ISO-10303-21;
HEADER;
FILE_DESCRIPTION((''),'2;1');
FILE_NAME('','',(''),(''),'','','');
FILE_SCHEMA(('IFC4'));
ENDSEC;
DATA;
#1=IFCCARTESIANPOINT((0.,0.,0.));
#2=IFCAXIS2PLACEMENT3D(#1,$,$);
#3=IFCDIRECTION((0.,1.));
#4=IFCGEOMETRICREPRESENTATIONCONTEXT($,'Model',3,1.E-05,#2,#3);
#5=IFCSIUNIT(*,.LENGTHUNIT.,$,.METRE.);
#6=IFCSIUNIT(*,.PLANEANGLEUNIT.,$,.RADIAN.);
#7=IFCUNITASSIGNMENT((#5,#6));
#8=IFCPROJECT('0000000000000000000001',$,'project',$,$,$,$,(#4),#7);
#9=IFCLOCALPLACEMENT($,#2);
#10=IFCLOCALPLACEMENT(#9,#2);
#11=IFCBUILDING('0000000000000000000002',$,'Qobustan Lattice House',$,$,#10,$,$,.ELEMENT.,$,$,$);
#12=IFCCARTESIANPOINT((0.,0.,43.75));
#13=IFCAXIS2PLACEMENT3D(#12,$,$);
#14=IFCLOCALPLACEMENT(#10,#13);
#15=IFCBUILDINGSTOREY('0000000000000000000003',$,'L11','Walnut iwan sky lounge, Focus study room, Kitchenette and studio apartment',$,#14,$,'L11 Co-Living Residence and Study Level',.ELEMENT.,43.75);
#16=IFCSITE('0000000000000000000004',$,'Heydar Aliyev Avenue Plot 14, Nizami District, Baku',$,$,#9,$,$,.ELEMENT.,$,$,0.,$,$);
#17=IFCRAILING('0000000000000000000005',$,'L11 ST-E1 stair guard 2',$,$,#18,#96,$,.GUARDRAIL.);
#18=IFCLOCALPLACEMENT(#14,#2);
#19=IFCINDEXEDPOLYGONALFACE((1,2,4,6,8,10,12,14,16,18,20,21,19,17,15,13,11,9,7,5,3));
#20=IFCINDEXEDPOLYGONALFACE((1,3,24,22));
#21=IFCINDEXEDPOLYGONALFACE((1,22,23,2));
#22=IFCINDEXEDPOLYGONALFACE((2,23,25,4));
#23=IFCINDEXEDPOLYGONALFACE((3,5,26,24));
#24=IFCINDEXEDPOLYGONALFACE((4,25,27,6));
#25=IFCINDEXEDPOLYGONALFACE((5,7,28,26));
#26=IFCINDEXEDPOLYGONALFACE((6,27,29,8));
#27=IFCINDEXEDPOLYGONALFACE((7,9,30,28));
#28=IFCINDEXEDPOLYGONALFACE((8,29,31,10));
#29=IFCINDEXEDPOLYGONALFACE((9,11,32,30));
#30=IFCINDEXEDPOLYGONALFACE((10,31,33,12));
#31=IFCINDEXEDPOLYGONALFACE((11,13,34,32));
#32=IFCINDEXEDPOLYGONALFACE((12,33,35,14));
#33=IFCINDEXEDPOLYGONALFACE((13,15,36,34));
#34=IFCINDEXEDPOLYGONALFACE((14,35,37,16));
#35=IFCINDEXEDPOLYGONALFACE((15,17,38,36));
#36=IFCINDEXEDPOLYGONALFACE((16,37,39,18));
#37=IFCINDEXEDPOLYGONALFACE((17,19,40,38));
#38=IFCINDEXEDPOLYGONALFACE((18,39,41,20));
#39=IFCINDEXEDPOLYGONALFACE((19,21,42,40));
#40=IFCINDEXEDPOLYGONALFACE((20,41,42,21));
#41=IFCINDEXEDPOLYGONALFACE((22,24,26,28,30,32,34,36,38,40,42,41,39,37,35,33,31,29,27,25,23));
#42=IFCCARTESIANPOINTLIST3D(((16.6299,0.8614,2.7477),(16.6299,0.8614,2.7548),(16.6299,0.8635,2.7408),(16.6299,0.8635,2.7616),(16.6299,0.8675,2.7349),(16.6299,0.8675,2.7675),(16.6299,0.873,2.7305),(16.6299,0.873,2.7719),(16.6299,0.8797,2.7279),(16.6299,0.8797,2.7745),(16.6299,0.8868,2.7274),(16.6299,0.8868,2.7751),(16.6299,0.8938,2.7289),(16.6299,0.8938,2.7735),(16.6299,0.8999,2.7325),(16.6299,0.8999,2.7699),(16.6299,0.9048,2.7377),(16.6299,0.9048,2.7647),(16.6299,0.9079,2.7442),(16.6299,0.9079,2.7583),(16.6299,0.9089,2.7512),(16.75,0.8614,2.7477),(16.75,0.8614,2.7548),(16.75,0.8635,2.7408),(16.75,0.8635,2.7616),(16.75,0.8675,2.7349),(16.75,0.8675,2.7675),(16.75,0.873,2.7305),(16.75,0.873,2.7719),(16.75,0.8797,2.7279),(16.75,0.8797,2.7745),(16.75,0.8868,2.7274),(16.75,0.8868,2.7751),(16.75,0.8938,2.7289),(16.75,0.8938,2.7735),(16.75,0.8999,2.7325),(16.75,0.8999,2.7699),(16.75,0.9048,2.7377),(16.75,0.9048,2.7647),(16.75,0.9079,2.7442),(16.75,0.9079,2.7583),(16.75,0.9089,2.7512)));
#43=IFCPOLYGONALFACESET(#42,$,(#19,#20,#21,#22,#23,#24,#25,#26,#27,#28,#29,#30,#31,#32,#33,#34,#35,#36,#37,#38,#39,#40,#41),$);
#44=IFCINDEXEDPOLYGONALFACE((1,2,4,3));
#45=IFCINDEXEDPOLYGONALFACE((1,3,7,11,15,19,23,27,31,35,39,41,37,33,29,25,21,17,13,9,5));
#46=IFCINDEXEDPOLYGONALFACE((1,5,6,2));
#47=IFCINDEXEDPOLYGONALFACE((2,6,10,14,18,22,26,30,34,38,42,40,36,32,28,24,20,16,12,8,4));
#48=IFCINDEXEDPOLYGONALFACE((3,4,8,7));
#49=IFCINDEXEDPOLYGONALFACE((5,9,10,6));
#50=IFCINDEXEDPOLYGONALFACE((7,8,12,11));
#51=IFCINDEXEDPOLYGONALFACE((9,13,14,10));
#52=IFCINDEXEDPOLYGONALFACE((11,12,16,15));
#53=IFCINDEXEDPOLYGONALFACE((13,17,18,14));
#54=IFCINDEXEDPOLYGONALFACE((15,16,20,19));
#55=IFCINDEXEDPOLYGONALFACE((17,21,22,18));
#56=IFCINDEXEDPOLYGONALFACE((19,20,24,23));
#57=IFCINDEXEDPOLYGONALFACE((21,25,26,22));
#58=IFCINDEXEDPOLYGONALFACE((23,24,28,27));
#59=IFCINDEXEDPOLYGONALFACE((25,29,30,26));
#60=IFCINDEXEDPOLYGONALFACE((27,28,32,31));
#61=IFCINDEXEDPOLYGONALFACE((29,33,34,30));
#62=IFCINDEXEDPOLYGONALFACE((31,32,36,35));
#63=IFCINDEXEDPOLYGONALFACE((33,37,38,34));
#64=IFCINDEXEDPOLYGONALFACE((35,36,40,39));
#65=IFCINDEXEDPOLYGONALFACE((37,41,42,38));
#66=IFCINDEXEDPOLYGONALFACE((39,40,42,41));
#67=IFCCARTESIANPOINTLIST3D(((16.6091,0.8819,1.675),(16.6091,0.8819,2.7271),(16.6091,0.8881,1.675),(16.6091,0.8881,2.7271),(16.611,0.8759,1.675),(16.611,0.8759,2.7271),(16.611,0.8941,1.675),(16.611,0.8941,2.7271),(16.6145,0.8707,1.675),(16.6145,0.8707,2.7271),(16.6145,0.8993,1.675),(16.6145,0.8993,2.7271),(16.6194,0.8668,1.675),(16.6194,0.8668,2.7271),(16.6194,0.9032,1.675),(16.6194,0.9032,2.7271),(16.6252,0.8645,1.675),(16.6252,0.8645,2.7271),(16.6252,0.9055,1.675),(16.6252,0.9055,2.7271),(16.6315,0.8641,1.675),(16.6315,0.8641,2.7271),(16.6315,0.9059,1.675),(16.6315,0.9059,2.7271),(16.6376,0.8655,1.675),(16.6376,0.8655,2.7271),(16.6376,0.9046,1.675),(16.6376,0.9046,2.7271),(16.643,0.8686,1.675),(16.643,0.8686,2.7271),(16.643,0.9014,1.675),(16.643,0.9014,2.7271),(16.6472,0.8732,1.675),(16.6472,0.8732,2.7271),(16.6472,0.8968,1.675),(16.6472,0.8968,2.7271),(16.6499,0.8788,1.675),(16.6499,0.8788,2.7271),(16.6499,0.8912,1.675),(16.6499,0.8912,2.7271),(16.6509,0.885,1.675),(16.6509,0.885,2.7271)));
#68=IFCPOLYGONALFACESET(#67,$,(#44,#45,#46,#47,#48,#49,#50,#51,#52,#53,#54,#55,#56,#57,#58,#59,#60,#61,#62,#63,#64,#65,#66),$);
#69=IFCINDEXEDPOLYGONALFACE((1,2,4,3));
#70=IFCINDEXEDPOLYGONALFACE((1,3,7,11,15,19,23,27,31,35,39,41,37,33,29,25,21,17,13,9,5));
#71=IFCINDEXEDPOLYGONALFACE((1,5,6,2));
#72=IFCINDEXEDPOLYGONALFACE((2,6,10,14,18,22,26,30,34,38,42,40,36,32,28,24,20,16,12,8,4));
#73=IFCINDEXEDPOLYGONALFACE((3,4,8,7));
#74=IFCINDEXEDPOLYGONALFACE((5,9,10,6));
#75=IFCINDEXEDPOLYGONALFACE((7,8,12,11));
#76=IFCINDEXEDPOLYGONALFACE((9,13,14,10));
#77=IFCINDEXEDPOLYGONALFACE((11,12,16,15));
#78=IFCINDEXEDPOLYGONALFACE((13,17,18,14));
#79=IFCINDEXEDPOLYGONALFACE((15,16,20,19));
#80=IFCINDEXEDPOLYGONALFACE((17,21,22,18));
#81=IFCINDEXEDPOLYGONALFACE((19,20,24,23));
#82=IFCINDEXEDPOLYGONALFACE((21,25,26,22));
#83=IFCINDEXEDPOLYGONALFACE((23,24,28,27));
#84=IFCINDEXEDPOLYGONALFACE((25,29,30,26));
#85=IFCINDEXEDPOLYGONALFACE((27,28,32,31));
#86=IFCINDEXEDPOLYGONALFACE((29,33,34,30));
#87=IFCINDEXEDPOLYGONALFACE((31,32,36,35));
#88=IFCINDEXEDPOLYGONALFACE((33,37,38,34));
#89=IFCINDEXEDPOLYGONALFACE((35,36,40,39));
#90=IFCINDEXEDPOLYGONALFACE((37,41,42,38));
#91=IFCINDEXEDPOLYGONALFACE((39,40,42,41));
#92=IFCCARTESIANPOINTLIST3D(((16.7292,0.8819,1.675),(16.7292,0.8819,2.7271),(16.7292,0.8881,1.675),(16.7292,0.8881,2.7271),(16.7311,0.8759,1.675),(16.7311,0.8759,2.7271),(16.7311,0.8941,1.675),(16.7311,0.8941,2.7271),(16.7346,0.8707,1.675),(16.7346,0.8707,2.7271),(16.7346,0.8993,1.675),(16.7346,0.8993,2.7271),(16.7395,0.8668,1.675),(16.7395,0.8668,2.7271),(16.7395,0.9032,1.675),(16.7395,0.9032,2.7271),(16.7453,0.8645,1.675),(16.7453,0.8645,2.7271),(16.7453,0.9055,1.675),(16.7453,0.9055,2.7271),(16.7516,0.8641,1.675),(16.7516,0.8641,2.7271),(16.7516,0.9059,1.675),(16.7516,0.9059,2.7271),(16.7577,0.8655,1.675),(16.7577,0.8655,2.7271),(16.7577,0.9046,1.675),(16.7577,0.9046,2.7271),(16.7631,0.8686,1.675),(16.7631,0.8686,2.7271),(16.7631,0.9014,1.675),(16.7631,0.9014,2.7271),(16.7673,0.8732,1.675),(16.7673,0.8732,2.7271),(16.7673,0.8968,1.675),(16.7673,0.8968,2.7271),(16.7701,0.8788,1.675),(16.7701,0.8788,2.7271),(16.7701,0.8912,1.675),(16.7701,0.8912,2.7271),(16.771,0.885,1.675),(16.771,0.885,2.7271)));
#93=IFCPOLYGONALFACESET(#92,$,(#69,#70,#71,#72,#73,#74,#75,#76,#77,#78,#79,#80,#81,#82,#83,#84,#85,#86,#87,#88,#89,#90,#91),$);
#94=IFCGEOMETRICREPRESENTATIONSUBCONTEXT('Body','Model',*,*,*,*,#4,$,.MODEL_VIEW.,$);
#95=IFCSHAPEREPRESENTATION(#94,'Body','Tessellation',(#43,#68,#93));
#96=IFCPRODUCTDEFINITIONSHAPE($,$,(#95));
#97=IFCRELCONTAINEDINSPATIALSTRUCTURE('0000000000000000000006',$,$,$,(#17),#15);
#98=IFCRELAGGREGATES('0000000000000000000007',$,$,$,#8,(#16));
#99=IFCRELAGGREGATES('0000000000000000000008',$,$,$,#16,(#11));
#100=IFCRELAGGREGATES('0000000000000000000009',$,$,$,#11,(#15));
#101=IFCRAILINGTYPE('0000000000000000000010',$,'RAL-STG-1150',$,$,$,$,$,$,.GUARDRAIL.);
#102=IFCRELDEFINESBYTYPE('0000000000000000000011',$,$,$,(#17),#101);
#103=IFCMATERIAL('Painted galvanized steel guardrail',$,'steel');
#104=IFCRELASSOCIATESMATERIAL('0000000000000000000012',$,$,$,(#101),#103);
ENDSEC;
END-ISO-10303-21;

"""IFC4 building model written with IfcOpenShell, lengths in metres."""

from ifc_helpers import new_model, si_unit, direction, frame, origin, origin_2d, place, context, subcontext, project, spatial, circle, extrude, material, type_object, element, save


model = new_model("IFC4")

# Units and contexts
model_context = context("Model", 3, precision=1e-05, world=origin(), true_north=direction((0.0, 1.0)))
body_context = subcontext(model_context, "Body", "Model", "MODEL_VIEW")
ifc_project = project(units=[si_unit("LENGTHUNIT", "METRE"), si_unit("PLANEANGLEUNIT", "RADIAN")], contexts=[model_context])

# Site, building, storey
site_placement = place(None, origin())
site = spatial("IfcSite", under=ifc_project, at=site_placement, Name="Heydar Aliyev Avenue Plot 14, Nizami District, Baku", CompositionType="ELEMENT", RefElevation=0.0)
building_placement = place(site_placement, origin())
building = spatial("IfcBuilding", under=site, at=building_placement, Name="Qobustan Lattice House", CompositionType="ELEMENT")
storey_placement = place(building_placement, frame((0.0, 0.0, 43.75)))
storey = spatial("IfcBuildingStorey", under=building, at=storey_placement, Name="L11", Description="Walnut iwan sky lounge, Focus study room, Kitchenette and studio apartment", LongName="L11 Co-Living Residence and Study Level", CompositionType="ELEMENT", Elevation=43.75)

# Railing
ifc_material_1 = material(Name="Painted galvanized steel guardrail", Category="steel")
railing_type_1 = type_object("IfcRailingType", Name="RAL-STG-1150", PredefinedType="GUARDRAIL", material=ifc_material_1)
railing_1_placement = place(storey_placement, frame((16.6299, 0.885, 1.675)))
element("IfcRailing", 1, at=railing_1_placement, inside=storey, type_object=railing_type_1, Name="L11 ST-E1 stair guard 2", PredefinedType="GUARDRAIL", context=body_context, shape_type="SweptSolid", body=[
    extrude(circle(Radius=0.0239, at=origin_2d()), frame((0.0, 0.0, 1.0762), z_axis=(1.0, 0.0, 0.0), x_axis=(0.0, 1.0, 0.0)), (0.0, 0.0, 1.0), 0.1201),
    extrude(circle(Radius=0.021, at=origin_2d()), origin(), (0.0, 0.0, 1.0), 1.052),
    extrude(circle(Radius=0.021, at=origin_2d()), frame((0.1201, 0.0, 0.0)), (0.0, 0.0, 1.0), 1.052),
])

save(model, "model.ifc")
